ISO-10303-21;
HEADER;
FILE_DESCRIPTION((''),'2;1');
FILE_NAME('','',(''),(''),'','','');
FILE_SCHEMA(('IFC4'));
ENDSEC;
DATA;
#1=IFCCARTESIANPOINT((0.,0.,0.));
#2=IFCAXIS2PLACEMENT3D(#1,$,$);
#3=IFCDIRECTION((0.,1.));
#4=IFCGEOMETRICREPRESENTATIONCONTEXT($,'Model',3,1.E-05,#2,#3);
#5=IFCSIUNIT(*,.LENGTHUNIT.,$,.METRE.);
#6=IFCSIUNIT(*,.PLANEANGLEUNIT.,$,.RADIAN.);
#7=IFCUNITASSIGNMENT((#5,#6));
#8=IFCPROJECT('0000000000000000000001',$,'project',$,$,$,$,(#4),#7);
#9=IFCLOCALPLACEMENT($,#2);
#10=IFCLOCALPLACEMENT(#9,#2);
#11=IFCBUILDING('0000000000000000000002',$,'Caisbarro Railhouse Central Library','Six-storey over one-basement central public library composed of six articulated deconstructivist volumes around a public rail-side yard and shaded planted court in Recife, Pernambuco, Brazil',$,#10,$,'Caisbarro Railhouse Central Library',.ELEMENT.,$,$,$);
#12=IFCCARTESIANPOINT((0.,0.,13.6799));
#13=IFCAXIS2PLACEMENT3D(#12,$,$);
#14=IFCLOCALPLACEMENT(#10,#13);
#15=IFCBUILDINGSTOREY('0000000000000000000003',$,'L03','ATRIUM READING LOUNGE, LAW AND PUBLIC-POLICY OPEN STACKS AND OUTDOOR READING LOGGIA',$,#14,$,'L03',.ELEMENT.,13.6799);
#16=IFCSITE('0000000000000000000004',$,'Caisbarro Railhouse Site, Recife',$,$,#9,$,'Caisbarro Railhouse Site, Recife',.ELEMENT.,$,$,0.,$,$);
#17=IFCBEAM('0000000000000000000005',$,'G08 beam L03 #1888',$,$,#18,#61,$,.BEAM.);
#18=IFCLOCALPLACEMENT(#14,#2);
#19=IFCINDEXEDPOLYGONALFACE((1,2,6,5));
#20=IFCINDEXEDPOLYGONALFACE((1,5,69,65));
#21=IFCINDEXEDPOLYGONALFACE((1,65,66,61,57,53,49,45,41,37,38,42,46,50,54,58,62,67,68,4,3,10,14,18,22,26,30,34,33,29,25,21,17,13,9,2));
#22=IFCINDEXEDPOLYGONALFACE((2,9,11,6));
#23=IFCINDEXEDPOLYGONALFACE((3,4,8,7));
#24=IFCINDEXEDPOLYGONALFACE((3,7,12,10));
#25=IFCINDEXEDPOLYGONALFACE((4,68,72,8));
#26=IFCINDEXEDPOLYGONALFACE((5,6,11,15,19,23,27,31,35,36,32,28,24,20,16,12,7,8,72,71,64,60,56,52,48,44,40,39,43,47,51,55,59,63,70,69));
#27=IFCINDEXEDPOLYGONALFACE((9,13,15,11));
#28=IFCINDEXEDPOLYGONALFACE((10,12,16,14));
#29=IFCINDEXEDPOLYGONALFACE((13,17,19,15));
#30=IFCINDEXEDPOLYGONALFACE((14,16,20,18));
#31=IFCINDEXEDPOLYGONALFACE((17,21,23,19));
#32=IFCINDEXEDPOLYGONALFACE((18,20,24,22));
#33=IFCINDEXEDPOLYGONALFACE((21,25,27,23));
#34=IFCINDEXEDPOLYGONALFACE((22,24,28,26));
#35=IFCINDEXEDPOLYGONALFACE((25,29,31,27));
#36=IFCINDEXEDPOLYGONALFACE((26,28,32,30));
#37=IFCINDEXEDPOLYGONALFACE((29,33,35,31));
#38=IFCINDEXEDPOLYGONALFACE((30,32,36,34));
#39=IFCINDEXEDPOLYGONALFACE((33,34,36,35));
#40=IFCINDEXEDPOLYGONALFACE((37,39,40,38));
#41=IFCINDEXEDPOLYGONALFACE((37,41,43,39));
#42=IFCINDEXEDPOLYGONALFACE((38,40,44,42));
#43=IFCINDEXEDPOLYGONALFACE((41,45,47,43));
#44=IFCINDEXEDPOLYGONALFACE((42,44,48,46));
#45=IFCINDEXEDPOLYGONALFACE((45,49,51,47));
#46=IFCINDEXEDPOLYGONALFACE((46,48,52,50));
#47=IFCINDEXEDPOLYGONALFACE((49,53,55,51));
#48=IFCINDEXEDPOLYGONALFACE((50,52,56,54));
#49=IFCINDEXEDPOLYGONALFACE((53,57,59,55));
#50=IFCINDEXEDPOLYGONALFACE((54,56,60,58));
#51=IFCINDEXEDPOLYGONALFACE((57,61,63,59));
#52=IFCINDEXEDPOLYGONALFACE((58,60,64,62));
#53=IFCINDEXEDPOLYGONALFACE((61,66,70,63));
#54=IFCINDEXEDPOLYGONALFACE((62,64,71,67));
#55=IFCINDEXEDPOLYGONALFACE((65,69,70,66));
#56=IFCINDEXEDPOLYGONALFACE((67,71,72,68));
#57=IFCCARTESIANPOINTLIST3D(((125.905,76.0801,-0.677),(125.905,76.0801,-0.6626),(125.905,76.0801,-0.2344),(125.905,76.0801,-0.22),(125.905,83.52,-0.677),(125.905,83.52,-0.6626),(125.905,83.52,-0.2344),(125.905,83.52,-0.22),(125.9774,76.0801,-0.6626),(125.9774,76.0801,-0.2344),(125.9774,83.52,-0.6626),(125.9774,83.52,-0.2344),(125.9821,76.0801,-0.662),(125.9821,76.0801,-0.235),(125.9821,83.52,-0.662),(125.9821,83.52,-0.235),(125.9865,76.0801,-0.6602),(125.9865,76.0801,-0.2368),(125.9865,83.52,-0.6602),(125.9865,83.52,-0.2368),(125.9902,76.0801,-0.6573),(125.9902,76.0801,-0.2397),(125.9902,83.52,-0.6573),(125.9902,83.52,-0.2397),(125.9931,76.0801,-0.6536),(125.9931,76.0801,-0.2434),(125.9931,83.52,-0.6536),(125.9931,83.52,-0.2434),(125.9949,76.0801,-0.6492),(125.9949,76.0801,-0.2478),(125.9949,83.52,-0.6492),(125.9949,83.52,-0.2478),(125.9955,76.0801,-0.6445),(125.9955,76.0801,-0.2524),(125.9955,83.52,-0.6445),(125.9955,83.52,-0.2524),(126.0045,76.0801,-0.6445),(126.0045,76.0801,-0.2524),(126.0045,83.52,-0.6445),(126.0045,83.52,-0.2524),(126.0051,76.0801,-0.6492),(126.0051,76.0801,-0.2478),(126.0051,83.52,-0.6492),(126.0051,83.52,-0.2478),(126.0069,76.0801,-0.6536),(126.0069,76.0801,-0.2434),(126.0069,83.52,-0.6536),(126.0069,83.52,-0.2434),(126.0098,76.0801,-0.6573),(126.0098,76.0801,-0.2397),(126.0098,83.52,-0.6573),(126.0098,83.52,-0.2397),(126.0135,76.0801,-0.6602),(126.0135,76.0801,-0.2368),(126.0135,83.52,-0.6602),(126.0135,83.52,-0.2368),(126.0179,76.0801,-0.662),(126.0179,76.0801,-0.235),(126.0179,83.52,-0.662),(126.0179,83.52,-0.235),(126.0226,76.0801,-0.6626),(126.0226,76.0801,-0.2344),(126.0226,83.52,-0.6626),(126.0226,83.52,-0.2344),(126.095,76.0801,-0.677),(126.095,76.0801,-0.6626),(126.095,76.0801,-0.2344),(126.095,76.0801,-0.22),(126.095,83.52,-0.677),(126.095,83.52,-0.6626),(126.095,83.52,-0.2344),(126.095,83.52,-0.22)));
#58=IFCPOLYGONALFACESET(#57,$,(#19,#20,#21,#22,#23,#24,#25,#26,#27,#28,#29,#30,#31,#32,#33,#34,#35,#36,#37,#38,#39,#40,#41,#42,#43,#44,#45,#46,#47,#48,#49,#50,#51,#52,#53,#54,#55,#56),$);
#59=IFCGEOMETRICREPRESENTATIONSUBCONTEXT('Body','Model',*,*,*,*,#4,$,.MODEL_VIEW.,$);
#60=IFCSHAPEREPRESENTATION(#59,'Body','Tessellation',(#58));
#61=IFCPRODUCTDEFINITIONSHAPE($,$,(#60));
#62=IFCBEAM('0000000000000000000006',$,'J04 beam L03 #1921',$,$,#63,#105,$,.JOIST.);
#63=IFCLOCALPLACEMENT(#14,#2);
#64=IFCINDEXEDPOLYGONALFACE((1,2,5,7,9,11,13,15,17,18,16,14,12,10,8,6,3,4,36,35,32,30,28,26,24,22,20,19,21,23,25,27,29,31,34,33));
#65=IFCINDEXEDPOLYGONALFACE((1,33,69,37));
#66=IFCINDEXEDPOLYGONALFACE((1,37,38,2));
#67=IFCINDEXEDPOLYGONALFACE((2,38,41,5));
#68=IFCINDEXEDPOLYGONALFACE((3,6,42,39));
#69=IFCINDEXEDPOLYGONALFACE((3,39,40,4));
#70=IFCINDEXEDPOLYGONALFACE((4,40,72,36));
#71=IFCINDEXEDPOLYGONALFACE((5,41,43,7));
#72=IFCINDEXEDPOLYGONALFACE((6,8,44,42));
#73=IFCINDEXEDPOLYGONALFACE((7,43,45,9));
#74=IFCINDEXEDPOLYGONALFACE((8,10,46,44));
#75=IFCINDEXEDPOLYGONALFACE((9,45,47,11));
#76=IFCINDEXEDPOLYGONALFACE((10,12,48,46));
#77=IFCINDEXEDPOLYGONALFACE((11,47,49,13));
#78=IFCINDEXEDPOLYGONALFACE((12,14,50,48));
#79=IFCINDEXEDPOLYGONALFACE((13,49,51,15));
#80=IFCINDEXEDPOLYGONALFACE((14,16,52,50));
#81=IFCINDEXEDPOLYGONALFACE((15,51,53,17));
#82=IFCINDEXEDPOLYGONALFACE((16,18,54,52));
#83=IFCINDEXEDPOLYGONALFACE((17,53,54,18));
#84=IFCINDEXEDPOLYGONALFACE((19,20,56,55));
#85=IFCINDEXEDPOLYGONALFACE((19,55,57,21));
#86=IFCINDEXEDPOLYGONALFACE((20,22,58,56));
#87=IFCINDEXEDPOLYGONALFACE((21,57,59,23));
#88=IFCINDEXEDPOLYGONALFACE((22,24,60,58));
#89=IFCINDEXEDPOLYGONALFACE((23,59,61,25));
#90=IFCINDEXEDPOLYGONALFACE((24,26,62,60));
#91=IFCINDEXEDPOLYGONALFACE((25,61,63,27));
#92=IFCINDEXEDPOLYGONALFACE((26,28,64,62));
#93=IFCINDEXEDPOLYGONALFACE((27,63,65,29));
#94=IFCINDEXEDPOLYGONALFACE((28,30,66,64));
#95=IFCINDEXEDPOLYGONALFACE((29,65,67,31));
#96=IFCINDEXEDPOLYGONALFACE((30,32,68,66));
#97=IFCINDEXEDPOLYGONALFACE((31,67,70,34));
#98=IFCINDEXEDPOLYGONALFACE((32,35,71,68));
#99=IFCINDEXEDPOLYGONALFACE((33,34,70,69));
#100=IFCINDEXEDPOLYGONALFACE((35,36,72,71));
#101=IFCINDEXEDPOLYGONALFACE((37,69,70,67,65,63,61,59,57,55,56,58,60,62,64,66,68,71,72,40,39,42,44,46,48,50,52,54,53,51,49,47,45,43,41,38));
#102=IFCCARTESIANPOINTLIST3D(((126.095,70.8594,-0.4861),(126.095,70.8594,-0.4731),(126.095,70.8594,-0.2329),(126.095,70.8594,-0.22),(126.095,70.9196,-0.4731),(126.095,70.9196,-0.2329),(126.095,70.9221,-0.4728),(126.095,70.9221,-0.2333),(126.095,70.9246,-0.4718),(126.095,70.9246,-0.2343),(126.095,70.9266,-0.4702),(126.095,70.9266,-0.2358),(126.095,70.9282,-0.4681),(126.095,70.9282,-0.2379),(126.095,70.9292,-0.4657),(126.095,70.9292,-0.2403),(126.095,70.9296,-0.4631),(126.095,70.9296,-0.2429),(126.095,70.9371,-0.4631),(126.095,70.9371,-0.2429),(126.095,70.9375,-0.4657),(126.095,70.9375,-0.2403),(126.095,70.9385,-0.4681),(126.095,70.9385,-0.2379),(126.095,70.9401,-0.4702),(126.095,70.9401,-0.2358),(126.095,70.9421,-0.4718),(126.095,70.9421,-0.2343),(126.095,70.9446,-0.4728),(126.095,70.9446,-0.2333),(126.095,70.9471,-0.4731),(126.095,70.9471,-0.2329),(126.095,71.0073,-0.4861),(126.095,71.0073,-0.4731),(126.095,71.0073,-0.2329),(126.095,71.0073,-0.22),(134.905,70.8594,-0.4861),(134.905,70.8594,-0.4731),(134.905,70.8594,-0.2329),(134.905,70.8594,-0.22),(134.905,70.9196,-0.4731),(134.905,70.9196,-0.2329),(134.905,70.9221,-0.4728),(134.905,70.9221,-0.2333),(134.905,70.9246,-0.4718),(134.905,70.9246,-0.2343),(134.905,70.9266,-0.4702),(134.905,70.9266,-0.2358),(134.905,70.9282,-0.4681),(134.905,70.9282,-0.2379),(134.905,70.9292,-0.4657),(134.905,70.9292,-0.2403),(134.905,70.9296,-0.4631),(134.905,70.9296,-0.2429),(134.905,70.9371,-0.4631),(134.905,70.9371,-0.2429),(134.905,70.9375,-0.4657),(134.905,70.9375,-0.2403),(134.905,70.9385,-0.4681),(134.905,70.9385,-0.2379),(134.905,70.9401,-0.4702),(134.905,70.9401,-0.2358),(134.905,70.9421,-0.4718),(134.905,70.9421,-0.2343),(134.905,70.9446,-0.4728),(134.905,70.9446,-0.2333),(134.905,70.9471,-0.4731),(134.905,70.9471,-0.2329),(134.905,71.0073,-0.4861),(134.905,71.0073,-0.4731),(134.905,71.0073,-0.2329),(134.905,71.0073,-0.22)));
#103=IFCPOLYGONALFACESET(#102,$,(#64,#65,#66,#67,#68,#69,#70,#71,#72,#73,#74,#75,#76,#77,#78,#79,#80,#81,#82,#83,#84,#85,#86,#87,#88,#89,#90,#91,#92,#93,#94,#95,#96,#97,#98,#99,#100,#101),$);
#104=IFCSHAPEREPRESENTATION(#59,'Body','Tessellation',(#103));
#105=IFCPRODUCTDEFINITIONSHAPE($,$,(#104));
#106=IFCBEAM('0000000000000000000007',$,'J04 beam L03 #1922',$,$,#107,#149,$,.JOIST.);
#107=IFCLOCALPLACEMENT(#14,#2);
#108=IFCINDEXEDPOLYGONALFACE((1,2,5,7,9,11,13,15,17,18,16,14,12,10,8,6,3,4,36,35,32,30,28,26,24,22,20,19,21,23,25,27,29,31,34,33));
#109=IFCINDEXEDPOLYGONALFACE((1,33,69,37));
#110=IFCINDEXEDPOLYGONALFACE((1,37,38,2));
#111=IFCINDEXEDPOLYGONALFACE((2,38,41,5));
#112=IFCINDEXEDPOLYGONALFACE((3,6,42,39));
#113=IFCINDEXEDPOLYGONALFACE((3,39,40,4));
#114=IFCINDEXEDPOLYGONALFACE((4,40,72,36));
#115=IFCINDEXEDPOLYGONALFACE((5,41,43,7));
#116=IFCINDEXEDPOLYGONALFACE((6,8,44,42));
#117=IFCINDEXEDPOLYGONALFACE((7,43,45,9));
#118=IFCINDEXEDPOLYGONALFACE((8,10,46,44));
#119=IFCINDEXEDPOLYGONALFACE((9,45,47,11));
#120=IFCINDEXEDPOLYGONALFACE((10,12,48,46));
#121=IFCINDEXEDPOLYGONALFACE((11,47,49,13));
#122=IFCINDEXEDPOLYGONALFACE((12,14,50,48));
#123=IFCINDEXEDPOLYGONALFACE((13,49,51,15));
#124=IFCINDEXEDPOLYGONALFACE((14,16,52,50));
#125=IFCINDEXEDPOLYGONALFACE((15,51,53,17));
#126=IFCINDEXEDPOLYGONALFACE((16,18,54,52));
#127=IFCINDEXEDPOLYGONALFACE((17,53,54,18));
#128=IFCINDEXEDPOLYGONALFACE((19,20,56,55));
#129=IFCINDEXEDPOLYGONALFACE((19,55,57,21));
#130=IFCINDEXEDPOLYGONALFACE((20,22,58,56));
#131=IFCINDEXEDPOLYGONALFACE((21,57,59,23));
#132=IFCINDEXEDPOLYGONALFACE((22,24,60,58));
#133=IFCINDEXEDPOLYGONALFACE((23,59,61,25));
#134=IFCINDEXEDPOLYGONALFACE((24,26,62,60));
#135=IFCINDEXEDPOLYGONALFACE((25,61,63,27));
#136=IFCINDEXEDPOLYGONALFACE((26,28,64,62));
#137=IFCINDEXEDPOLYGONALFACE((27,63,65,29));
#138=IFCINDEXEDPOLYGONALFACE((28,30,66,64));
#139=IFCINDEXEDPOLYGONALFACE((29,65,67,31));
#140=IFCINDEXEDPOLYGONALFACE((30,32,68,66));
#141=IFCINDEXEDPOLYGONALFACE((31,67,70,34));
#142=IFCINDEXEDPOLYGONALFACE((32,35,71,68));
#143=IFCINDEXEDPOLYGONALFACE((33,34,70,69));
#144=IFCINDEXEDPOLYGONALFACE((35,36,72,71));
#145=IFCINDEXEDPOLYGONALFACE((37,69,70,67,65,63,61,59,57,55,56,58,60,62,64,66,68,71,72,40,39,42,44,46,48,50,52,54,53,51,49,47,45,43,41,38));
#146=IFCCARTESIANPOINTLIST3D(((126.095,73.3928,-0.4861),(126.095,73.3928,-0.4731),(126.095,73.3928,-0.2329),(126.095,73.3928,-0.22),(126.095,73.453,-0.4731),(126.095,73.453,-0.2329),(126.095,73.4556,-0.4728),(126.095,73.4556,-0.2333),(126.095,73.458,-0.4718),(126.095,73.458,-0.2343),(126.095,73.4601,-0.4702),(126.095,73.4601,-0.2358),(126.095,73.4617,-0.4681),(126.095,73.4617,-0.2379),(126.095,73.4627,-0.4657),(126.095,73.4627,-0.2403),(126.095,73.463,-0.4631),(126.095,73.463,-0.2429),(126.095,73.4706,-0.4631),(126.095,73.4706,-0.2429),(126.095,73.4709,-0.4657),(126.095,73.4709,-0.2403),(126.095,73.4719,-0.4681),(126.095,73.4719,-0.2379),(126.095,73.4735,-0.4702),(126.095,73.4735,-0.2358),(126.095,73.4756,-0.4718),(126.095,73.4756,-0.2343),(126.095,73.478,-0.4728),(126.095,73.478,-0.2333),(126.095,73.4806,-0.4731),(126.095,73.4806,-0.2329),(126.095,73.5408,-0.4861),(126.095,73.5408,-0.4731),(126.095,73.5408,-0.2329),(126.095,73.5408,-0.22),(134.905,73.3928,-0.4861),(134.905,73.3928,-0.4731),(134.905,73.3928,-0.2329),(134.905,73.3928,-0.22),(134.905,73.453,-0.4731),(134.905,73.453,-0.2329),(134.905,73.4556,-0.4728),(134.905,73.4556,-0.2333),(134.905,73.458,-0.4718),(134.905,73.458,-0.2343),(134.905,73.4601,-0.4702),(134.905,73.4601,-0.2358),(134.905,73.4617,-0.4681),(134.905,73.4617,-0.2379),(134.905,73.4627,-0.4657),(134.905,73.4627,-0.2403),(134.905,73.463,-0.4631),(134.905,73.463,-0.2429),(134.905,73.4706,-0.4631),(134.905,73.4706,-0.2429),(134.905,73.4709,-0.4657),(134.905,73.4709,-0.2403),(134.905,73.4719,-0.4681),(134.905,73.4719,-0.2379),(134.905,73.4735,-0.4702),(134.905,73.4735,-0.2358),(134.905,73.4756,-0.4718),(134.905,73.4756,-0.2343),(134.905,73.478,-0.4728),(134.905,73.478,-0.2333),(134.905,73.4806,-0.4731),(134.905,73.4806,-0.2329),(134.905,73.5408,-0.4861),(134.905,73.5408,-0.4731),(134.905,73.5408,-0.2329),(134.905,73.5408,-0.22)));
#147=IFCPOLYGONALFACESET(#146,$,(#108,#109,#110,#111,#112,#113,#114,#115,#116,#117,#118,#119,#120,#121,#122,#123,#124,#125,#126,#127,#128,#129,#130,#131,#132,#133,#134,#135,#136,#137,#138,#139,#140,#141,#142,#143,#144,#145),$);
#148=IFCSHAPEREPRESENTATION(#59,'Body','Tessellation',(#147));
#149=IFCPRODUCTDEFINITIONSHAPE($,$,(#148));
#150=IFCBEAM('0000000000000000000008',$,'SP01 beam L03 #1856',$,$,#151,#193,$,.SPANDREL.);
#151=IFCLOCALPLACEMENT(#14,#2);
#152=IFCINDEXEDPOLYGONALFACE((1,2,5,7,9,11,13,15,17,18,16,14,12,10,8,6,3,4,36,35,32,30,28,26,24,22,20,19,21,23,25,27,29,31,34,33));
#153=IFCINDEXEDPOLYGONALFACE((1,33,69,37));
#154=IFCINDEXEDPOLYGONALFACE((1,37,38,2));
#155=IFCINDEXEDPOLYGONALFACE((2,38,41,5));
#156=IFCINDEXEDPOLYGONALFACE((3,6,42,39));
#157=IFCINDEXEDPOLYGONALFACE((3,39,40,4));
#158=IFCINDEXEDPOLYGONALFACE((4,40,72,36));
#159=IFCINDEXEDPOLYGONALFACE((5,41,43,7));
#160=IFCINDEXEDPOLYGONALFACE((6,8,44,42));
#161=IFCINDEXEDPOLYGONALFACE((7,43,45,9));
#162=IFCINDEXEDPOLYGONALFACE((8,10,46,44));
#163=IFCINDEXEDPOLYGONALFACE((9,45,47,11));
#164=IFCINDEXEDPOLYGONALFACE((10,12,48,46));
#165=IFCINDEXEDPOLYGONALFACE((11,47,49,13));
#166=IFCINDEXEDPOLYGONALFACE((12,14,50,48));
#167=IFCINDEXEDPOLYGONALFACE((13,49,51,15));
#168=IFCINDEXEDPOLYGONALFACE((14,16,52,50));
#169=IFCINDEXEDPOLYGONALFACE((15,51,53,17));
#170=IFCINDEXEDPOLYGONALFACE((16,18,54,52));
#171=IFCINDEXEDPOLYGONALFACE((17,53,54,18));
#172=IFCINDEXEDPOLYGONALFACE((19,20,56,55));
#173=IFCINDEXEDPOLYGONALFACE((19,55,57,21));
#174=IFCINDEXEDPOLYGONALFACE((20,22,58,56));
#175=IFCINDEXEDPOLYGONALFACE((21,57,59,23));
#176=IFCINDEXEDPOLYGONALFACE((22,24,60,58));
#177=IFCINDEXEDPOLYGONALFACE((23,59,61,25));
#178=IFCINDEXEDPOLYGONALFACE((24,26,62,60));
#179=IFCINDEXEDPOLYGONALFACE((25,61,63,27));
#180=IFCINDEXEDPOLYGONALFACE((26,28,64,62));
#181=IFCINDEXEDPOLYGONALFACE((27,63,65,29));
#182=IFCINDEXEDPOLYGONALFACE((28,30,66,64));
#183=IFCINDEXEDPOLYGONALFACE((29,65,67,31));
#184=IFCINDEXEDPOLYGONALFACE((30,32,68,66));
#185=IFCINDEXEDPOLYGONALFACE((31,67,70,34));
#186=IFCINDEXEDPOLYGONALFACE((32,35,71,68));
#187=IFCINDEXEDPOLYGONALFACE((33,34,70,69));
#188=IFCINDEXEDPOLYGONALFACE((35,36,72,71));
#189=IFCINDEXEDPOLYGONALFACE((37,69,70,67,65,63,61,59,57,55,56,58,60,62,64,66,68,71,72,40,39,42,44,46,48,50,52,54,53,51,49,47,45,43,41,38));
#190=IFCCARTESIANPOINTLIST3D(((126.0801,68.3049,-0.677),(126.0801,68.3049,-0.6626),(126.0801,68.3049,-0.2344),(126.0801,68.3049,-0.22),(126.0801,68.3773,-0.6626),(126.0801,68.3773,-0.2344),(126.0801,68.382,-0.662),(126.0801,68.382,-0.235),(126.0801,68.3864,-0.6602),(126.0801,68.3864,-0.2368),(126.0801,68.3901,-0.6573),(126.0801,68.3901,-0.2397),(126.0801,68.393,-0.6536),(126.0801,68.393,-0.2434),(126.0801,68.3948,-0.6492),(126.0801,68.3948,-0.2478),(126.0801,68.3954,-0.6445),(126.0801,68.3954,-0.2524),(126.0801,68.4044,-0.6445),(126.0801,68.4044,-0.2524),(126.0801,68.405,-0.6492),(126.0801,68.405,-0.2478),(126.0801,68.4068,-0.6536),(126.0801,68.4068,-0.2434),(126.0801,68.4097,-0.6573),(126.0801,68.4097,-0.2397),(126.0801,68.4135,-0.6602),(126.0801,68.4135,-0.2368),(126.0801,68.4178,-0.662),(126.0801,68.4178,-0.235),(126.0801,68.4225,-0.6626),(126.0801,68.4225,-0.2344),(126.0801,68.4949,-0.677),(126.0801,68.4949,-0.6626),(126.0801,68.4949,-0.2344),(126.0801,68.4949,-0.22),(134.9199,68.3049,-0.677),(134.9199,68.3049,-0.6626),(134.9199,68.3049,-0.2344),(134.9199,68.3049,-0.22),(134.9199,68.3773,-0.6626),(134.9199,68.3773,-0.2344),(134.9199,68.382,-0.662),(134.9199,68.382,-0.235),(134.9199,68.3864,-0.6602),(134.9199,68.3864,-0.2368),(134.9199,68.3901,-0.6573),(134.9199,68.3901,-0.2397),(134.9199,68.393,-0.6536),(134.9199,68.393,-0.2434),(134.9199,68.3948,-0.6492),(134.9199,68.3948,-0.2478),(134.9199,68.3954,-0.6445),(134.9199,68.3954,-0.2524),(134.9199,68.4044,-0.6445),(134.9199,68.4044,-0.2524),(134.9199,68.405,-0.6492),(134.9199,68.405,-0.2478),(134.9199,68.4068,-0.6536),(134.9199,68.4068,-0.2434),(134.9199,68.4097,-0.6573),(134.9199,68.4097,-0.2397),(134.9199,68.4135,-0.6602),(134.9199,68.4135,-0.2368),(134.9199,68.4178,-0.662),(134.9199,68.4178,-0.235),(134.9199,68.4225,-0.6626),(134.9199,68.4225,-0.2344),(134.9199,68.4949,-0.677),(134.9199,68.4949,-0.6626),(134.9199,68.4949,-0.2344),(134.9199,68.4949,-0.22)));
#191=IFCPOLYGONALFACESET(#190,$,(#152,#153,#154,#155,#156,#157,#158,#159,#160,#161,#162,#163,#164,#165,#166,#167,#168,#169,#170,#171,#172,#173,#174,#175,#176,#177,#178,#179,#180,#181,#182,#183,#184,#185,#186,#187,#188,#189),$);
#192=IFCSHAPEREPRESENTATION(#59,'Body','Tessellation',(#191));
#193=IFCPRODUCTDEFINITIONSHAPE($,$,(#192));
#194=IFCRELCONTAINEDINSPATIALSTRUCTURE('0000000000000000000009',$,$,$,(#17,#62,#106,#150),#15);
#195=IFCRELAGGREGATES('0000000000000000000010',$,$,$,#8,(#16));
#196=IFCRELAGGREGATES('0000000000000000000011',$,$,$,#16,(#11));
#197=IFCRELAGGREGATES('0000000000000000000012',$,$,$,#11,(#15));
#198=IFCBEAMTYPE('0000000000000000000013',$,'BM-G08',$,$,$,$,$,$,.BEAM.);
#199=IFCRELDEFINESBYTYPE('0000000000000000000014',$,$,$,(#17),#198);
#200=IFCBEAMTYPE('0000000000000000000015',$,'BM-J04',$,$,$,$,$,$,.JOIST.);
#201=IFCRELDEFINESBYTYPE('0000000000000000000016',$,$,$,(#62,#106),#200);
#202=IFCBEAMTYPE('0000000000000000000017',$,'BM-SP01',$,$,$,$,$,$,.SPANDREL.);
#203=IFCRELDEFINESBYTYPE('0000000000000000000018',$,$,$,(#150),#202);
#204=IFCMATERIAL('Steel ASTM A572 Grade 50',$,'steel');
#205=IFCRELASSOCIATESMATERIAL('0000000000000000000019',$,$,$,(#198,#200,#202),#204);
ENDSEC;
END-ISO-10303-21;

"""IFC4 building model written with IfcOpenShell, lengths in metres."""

from ifc_helpers import new_model, si_unit, direction, frame, origin, origin_2d, place, context, subcontext, project, spatial, i_section, extrude, material, material_profile, profile_set, type_object, element, save


model = new_model("IFC4")

# Units and contexts
model_context = context("Model", 3, precision=1e-05, world=origin(), true_north=direction((0.0, 1.0)))
body_context = subcontext(model_context, "Body", "Model", "MODEL_VIEW")
ifc_project = project(units=[si_unit("LENGTHUNIT", "METRE"), si_unit("PLANEANGLEUNIT", "RADIAN")], contexts=[model_context])

# Site, building, storey
site_placement = place(None, origin())
site = spatial("IfcSite", under=ifc_project, at=site_placement, Name="Caisbarro Railhouse Site, Recife", LongName="Caisbarro Railhouse Site, Recife", CompositionType="ELEMENT", RefElevation=0.0)
building_placement = place(site_placement, origin())
building = spatial("IfcBuilding", under=site, at=building_placement, Name="Caisbarro Railhouse Central Library", Description="Six-storey over one-basement central public library composed of six articulated deconstructivist volumes around a public rail-side yard and shaded planted court in Recife, Pernambuco, Brazil", LongName="Caisbarro Railhouse Central Library", CompositionType="ELEMENT")
storey_placement = place(building_placement, frame((0.0, 0.0, 13.6799)))
storey = spatial("IfcBuildingStorey", under=building, at=storey_placement, Name="L03", Description="ATRIUM READING LOUNGE, LAW AND PUBLIC-POLICY OPEN STACKS AND OUTDOOR READING LOGGIA", LongName="L03", CompositionType="ELEMENT", Elevation=13.6799)

# Shared definitions
ifc_material_1 = material(Name="Steel ASTM A572 Grade 50", Category="steel")

# Beams
ifc_material_profile_1 = material_profile(ifc_material_1, i_section(OverallWidth=0.1899, OverallDepth=0.457, WebThickness=0.009, FlangeThickness=0.0144, FilletRadius=0.0181, at=origin_2d()), Name="W460X74.0")
ifc_profile_set_1 = profile_set([ifc_material_profile_1], Name="Steel ASTM A572 Grade 50")
beam_type_1 = type_object("IfcBeamType", Name="BM-G08", PredefinedType="BEAM", material=ifc_profile_set_1)
for number, where, z_axis, x_axis, name in (
    (1, (126.0, 76.0801, -0.4485), (0.0, 1.0, 0.0), (-1.0, 0.0, 0.0), "G08 beam L03 #1888"),
):
    element("IfcBeam", number, at=place(storey_placement, frame(where, z_axis=z_axis, x_axis=x_axis)), inside=storey, type_object=beam_type_1, Name=name, PredefinedType="BEAM", context=body_context, shape_type="SweptSolid", body=[
        extrude(i_section(OverallWidth=0.1899, OverallDepth=0.457, WebThickness=0.009, FlangeThickness=0.0144, FilletRadius=0.0181, at=origin_2d()), origin(), (0.0, 0.0, 1.0), 7.4399),
    ])
ifc_material_profile_2 = material_profile(ifc_material_1, i_section(OverallWidth=0.1479, OverallDepth=0.2661, WebThickness=0.0076, FlangeThickness=0.0129, FilletRadius=0.01, at=origin_2d()), Name="W250X44.8")
ifc_profile_set_2 = profile_set([ifc_material_profile_2], Name="Steel ASTM A572 Grade 50")
beam_type_2 = type_object("IfcBeamType", Name="BM-J04", PredefinedType="JOIST", material=ifc_profile_set_2)
for number, where, z_axis, x_axis, name in (
    (2, (126.095, 70.9333, -0.353), (1.0, 0.0, 0.0), (0.0, 1.0, 0.0), "J04 beam L03 #1921"),
    (3, (126.095, 73.4668, -0.353), (1.0, 0.0, 0.0), (0.0, 1.0, 0.0), "J04 beam L03 #1922"),
):
    element("IfcBeam", number, at=place(storey_placement, frame(where, z_axis=z_axis, x_axis=x_axis)), inside=storey, type_object=beam_type_2, Name=name, PredefinedType="JOIST", context=body_context, shape_type="SweptSolid", body=[
        extrude(i_section(OverallWidth=0.1479, OverallDepth=0.2661, WebThickness=0.0076, FlangeThickness=0.0129, FilletRadius=0.01, at=origin_2d()), origin(), (0.0, 0.0, 1.0), 8.8101),
    ])
ifc_material_profile_3 = material_profile(ifc_material_1, i_section(OverallWidth=0.1899, OverallDepth=0.457, WebThickness=0.009, FlangeThickness=0.0144, FilletRadius=0.0181, at=origin_2d()), Name="W460X74.0")
ifc_profile_set_3 = profile_set([ifc_material_profile_3], Name="Steel ASTM A572 Grade 50")
beam_type_3 = type_object("IfcBeamType", Name="BM-SP01", PredefinedType="SPANDREL", material=ifc_profile_set_3)
beam_1_placement = place(storey_placement, frame((126.0801, 68.3999, -0.4485), z_axis=(1.0, 0.0, 0.0), x_axis=(0.0, 1.0, 0.0)))
element("IfcBeam", 4, at=beam_1_placement, inside=storey, type_object=beam_type_3, Name="SP01 beam L03 #1856", PredefinedType="SPANDREL", context=body_context, shape_type="SweptSolid", body=[
    extrude(i_section(OverallWidth=0.1899, OverallDepth=0.457, WebThickness=0.009, FlangeThickness=0.0144, FilletRadius=0.0181, at=origin_2d()), origin(), (0.0, 0.0, 1.0), 8.8398),
])

save(model, "model.ifc")
